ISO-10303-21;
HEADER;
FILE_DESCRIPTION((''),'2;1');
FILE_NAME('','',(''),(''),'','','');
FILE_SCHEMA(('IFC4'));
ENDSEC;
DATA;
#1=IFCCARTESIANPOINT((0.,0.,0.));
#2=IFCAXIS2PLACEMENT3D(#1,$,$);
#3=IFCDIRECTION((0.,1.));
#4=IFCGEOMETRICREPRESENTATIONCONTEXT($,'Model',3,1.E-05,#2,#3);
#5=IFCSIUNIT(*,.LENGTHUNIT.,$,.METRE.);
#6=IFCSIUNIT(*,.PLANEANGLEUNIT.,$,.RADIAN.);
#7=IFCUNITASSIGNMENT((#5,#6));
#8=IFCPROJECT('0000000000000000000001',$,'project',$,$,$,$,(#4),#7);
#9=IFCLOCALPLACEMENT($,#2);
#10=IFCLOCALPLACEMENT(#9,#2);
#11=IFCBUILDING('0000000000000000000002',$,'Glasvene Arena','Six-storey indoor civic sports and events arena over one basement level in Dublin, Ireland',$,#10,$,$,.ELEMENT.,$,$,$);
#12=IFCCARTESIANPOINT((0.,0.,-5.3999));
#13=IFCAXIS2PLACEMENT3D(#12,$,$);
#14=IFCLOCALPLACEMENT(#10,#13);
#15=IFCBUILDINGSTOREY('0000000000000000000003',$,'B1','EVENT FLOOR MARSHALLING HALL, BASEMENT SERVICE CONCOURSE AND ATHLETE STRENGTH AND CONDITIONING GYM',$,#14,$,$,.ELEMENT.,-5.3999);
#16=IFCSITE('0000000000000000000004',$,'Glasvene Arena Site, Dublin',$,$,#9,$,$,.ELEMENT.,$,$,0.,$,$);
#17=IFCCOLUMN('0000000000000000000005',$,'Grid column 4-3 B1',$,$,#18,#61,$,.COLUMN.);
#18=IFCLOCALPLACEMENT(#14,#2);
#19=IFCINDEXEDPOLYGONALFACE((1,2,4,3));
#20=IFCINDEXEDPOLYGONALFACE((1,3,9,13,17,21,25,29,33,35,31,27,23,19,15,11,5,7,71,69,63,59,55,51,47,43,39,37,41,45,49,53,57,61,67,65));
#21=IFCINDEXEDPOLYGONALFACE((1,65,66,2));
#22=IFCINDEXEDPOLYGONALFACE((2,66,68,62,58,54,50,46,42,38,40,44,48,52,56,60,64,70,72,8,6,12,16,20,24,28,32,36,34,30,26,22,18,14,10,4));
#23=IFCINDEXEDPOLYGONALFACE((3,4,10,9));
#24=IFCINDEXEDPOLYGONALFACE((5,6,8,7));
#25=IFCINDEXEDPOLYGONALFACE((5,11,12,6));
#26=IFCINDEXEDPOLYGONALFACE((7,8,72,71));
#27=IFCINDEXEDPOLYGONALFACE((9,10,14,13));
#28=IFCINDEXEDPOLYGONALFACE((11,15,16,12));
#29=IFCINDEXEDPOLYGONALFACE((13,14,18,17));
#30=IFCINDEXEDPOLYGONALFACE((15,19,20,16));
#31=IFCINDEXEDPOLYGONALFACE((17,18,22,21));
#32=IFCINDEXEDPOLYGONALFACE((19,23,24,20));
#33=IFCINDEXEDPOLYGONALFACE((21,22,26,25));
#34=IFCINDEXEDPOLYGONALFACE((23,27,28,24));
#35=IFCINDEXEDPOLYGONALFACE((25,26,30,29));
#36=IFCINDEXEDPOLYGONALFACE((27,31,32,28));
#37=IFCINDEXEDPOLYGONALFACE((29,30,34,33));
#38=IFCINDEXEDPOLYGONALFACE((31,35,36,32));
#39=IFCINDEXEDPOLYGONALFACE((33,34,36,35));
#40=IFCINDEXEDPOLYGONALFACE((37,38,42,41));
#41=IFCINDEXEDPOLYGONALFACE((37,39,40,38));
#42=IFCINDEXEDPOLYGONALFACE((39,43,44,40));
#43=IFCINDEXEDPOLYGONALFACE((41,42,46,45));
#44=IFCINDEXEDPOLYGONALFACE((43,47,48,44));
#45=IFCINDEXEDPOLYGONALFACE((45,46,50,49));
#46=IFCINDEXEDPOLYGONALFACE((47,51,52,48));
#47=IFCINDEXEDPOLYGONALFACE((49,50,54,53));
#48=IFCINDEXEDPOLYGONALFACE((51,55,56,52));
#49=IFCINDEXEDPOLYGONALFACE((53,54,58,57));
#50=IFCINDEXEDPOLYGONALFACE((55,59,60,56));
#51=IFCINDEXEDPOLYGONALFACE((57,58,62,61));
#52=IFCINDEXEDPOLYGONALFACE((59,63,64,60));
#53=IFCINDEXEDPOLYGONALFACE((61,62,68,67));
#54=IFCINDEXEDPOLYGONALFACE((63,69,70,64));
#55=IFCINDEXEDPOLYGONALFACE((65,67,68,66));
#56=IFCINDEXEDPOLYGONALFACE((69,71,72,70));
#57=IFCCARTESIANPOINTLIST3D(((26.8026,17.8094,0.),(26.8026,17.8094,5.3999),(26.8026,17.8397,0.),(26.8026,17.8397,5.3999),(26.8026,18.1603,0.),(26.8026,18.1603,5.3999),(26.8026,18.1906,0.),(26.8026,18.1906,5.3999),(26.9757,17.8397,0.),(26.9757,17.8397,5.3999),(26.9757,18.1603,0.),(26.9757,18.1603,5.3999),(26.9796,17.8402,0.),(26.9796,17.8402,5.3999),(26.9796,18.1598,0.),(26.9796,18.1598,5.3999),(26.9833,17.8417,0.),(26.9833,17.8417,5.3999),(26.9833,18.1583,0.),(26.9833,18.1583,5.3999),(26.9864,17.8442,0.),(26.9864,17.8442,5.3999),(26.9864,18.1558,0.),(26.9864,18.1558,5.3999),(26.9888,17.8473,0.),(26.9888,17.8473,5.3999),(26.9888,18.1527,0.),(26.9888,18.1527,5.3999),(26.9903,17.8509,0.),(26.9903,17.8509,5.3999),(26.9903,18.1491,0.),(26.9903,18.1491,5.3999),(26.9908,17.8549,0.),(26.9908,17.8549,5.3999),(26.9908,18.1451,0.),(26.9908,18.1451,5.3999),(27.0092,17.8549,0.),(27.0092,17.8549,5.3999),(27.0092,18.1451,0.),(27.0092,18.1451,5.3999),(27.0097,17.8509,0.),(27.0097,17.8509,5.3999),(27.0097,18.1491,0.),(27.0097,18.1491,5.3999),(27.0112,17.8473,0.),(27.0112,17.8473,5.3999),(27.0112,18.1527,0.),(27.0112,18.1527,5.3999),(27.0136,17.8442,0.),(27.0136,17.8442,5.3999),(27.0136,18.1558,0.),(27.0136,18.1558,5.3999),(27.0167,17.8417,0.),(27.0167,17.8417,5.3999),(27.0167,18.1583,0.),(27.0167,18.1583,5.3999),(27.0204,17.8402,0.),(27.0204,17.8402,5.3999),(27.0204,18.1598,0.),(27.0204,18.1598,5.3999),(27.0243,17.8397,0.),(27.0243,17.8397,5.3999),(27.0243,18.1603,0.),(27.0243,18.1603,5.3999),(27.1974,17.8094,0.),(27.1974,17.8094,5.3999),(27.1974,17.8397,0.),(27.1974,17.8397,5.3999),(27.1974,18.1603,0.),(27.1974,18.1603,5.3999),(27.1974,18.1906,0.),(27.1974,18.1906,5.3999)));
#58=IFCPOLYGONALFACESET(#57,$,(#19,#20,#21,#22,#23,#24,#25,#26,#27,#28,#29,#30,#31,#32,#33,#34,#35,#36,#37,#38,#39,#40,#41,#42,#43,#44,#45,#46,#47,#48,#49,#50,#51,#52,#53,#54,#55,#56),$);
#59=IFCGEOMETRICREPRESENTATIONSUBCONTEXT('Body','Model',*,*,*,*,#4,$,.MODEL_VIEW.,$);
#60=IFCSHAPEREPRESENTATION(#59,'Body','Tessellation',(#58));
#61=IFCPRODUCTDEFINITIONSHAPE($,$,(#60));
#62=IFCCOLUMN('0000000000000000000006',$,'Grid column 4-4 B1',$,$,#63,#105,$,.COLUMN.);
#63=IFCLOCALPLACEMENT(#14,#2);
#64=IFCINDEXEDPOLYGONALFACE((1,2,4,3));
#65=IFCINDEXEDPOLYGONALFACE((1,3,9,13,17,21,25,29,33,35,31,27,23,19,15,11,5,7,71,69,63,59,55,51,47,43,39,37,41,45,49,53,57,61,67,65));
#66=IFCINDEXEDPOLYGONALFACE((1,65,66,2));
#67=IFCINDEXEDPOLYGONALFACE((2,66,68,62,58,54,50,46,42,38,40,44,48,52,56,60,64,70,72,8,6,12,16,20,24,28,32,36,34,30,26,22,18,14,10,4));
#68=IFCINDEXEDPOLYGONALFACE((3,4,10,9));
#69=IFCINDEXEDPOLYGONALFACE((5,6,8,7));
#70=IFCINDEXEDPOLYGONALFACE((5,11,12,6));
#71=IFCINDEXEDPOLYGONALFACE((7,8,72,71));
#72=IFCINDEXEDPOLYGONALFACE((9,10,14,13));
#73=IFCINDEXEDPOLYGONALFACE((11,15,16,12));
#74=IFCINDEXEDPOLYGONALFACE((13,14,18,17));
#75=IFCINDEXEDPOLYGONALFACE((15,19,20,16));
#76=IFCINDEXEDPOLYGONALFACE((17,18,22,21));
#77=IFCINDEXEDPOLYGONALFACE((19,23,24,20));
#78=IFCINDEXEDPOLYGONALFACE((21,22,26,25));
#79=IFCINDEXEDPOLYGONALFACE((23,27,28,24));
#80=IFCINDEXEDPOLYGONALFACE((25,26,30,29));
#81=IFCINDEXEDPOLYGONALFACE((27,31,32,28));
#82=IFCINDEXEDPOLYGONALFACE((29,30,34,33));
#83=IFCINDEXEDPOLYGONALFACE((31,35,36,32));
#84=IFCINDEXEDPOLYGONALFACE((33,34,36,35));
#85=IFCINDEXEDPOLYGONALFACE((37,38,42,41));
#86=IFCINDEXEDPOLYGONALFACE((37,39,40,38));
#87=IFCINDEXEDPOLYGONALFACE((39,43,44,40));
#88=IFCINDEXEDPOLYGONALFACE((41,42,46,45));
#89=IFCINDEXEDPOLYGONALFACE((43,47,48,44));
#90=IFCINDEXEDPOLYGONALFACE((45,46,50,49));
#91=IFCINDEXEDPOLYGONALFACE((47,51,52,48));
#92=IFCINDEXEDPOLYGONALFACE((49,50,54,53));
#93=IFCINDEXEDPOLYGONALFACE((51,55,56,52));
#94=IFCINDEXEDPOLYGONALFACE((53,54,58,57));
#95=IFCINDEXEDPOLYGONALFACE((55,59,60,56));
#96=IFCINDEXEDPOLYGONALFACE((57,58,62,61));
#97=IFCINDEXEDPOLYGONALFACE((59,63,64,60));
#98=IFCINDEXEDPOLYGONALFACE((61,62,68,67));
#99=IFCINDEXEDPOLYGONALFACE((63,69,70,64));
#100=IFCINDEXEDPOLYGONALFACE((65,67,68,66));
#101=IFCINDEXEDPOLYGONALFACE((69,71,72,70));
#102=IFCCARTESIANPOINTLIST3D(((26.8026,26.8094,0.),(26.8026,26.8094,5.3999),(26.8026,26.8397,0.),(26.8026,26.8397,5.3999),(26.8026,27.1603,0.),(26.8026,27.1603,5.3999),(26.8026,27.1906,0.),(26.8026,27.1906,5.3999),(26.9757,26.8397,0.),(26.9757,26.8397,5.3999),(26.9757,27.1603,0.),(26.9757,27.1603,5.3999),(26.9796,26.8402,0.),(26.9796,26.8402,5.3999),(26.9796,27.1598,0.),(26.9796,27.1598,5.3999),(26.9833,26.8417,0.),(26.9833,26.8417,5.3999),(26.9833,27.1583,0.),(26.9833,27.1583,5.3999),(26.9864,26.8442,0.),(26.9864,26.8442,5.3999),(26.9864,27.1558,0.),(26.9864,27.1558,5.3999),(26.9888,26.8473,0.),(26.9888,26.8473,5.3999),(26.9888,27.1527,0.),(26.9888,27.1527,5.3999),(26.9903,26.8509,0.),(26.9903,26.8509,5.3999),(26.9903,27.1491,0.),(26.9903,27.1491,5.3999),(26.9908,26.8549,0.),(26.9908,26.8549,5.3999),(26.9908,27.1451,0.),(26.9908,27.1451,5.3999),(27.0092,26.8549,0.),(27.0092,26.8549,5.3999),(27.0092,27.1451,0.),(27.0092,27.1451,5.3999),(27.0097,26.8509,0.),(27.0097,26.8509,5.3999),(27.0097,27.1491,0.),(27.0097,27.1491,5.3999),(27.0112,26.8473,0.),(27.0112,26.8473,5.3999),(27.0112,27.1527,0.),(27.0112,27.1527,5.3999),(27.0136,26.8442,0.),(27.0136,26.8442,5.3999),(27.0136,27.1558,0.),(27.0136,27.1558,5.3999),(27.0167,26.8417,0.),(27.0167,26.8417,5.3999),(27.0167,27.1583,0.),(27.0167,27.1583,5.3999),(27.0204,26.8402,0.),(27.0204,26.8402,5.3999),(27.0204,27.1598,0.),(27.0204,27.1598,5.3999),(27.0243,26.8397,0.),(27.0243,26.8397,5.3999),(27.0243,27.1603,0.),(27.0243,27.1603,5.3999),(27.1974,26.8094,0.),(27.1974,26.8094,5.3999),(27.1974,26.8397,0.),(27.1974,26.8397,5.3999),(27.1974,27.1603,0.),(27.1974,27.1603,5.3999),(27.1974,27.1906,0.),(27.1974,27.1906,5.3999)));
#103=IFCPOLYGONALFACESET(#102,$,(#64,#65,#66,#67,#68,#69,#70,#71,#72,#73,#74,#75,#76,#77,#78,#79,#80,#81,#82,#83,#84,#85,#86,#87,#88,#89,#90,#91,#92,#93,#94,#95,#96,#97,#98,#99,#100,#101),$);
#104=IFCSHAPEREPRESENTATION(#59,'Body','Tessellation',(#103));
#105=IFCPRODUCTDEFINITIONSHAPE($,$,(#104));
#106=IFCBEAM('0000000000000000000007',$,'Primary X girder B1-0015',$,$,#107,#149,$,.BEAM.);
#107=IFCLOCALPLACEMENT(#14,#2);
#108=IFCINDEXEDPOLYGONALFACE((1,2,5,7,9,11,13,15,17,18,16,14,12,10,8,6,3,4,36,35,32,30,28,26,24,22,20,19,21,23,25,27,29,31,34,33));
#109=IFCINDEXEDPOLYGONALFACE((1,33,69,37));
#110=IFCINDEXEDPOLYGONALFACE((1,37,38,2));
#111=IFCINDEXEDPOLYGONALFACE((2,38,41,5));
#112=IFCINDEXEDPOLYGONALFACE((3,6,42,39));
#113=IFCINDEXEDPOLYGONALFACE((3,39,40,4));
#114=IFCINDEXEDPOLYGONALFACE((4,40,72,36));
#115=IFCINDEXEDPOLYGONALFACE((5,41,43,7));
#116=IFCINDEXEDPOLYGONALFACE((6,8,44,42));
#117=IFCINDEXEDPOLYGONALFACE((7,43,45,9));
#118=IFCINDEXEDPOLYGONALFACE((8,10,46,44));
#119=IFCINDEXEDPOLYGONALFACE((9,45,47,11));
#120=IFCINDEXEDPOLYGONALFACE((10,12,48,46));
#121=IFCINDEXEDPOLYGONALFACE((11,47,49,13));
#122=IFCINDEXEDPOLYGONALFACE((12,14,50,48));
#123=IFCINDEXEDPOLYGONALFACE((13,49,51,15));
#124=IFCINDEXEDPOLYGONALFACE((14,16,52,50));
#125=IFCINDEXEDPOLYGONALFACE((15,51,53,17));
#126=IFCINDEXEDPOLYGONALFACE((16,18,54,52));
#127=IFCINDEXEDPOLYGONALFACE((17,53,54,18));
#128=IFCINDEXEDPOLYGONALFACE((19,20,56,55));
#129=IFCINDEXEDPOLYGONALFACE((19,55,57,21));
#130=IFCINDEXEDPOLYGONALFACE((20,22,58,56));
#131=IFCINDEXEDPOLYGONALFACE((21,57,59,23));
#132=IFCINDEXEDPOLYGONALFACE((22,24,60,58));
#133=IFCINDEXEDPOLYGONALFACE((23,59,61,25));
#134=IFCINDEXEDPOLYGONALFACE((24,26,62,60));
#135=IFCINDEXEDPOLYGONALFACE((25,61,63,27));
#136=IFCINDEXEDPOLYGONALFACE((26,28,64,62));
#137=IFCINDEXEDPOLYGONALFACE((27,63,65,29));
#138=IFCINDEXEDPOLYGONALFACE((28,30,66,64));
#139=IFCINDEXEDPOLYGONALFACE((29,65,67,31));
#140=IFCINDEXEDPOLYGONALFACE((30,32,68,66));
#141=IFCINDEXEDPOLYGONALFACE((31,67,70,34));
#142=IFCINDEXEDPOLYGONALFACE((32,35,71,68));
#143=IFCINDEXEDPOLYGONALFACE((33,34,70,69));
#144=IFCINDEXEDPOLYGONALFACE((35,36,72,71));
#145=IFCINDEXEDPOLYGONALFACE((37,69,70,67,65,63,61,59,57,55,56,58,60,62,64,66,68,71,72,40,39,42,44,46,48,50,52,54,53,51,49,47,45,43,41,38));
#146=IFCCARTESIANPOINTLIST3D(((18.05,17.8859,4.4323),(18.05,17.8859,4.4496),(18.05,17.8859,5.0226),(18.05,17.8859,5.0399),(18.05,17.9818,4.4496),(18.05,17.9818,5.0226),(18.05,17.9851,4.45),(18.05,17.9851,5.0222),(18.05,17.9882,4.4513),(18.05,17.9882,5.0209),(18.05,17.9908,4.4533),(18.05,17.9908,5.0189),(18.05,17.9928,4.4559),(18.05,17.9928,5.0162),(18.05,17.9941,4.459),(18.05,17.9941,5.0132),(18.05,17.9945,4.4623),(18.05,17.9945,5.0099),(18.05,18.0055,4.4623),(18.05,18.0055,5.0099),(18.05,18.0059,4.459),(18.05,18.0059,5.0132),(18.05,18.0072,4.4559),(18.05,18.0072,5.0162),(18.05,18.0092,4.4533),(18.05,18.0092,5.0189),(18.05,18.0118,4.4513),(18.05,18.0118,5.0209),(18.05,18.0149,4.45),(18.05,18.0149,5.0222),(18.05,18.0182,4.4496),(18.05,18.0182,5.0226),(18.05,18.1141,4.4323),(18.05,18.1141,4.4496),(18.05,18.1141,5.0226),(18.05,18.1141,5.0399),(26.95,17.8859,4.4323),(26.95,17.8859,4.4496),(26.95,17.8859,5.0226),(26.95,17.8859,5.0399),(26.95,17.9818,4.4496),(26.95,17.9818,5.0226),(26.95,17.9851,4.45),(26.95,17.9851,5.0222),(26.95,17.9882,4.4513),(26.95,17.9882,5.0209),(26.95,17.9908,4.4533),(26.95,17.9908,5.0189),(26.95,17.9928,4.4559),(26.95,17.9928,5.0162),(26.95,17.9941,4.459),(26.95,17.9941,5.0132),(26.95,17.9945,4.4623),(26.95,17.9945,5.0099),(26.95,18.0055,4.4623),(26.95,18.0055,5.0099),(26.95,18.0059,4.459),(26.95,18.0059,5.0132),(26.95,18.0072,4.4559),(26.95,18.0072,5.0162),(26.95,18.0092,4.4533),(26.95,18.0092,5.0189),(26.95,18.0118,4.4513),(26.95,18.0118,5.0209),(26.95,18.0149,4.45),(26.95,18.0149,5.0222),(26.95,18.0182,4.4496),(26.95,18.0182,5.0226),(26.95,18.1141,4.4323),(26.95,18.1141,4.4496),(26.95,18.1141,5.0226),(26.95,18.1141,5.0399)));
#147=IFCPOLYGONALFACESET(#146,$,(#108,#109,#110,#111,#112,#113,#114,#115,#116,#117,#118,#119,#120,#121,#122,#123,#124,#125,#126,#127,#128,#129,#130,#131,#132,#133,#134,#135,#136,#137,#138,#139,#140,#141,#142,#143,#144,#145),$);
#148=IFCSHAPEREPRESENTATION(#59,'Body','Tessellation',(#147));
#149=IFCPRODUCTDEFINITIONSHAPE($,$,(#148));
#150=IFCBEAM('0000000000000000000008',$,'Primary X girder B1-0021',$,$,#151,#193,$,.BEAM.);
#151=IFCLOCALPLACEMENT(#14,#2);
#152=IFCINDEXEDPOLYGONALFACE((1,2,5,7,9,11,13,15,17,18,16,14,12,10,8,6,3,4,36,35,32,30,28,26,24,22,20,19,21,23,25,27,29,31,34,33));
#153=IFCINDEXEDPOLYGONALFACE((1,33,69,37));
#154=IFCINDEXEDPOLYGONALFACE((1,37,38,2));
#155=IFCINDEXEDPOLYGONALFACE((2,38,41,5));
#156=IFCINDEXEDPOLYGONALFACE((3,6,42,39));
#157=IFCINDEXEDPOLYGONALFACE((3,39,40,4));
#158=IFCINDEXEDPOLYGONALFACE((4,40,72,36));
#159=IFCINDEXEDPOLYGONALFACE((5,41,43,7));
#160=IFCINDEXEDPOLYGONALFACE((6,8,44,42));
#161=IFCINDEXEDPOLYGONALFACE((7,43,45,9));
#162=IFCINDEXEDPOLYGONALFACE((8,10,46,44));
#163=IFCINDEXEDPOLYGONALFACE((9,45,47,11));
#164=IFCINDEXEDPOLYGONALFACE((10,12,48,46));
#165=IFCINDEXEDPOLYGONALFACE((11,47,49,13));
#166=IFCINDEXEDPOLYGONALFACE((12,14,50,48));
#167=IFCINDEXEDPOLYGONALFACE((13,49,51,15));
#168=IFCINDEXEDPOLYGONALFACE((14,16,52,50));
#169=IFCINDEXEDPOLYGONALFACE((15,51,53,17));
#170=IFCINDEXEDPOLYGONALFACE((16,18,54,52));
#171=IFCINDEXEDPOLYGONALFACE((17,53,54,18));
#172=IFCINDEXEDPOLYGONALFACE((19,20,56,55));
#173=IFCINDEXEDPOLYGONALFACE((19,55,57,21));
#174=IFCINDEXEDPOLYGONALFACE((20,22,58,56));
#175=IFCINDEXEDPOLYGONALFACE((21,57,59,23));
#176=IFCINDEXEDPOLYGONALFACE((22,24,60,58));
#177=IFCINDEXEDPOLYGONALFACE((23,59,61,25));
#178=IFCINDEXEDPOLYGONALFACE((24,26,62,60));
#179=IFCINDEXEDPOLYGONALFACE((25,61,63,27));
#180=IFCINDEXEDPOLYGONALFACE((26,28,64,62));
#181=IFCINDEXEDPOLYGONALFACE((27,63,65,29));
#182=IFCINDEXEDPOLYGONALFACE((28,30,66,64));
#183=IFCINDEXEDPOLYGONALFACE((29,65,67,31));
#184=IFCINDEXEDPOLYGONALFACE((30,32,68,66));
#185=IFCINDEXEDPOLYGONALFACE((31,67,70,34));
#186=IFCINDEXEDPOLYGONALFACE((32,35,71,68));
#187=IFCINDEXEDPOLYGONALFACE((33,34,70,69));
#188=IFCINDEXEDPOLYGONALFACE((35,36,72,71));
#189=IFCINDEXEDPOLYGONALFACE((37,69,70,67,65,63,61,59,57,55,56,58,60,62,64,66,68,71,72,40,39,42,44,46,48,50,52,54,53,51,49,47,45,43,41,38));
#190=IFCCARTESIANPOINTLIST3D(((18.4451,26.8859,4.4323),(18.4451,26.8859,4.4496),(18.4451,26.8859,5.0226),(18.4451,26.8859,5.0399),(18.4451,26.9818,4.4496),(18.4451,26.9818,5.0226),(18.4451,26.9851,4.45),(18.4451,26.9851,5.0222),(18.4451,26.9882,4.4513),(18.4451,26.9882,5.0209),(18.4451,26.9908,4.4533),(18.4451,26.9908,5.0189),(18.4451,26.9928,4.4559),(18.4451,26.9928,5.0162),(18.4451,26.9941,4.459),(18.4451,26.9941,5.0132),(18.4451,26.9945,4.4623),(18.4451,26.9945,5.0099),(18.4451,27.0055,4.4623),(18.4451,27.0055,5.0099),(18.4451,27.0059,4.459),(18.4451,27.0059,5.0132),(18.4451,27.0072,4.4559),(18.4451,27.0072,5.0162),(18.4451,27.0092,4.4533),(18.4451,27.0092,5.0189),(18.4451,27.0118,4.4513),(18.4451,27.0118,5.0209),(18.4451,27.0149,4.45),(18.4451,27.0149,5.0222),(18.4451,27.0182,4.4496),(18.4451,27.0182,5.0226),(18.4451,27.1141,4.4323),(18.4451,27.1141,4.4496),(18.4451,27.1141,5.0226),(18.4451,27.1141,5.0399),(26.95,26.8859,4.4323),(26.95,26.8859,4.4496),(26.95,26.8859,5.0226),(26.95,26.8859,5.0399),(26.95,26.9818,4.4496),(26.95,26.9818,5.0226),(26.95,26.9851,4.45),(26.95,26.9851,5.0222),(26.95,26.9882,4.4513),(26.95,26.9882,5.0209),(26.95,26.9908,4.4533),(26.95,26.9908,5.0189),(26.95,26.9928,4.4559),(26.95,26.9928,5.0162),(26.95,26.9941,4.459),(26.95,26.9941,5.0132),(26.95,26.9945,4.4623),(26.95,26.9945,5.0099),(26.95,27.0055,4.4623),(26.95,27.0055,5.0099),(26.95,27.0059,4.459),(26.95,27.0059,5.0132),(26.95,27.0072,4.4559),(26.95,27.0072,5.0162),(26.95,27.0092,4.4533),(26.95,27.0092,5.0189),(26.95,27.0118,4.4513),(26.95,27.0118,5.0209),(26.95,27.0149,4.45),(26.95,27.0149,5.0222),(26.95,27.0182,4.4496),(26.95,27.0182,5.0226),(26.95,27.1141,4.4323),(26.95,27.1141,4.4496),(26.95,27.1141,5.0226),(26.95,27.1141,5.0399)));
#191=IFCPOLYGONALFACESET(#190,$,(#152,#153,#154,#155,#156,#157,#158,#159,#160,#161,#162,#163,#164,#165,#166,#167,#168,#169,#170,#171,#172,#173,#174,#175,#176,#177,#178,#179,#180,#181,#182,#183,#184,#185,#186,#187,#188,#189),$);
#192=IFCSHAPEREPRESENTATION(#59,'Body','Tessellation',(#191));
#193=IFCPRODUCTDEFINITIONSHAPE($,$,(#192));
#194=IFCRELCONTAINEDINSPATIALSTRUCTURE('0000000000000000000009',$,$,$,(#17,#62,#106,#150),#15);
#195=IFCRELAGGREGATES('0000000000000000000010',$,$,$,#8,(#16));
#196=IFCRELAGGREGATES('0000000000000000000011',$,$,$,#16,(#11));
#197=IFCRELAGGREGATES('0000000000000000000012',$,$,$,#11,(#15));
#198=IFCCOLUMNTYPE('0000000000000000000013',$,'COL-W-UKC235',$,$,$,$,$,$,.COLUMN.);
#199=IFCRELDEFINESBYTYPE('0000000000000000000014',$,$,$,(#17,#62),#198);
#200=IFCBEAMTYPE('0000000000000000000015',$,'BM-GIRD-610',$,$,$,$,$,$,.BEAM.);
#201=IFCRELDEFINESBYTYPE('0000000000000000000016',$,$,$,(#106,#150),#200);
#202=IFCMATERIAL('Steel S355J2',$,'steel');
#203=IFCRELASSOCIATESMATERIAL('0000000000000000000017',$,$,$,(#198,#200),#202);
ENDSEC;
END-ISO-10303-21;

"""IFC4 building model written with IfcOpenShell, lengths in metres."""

from ifc_helpers import new_model, si_unit, direction, frame, origin, origin_2d, place, context, subcontext, project, spatial, i_section, extrude, material, material_profile, profile_set, type_object, element, save


model = new_model("IFC4")

# Units and contexts
model_context = context("Model", 3, precision=1e-05, world=origin(), true_north=direction((0.0, 1.0)))
body_context = subcontext(model_context, "Body", "Model", "MODEL_VIEW")
ifc_project = project(units=[si_unit("LENGTHUNIT", "METRE"), si_unit("PLANEANGLEUNIT", "RADIAN")], contexts=[model_context])

# Site, building, storey
site_placement = place(None, origin())
site = spatial("IfcSite", under=ifc_project, at=site_placement, Name="Glasvene Arena Site, Dublin", CompositionType="ELEMENT", RefElevation=0.0)
building_placement = place(site_placement, origin())
building = spatial("IfcBuilding", under=site, at=building_placement, Name="Glasvene Arena", Description="Six-storey indoor civic sports and events arena over one basement level in Dublin, Ireland", CompositionType="ELEMENT")
storey_placement = place(building_placement, frame((0.0, 0.0, -5.3999)))
storey = spatial("IfcBuildingStorey", under=building, at=storey_placement, Name="B1", Description="EVENT FLOOR MARSHALLING HALL, BASEMENT SERVICE CONCOURSE AND ATHLETE STRENGTH AND CONDITIONING GYM", CompositionType="ELEMENT", Elevation=-5.3999)

# Columns
ifc_material_1 = material(Name="Steel S355J2", Category="steel")
ifc_material_profile_1 = material_profile(ifc_material_1, i_section(OverallWidth=0.3948, OverallDepth=0.3811, WebThickness=0.0183, FlangeThickness=0.0303, FilletRadius=0.0151, at=origin_2d()), Name="UKC 356x406x235")
ifc_profile_set_1 = profile_set([ifc_material_profile_1], Name="Steel S355J2")
column_type_1 = type_object("IfcColumnType", Name="COL-W-UKC235", PredefinedType="COLUMN", material=ifc_profile_set_1)
for number, where, z_axis, x_axis, name in (
    (1, (27.0, 18.0, 0.0), (0.0, 0.0, 1.0), (1.0, 0.0, 0.0), "Grid column 4-3 B1"),
    (2, (27.0, 27.0, 0.0), (0.0, 0.0, 1.0), (1.0, 0.0, 0.0), "Grid column 4-4 B1"),
):
    element("IfcColumn", number, at=place(storey_placement, frame(where, z_axis=z_axis, x_axis=x_axis)), inside=storey, type_object=column_type_1, Name=name, PredefinedType="COLUMN", context=body_context, shape_type="SweptSolid", body=[
        extrude(i_section(OverallWidth=0.3948, OverallDepth=0.3811, WebThickness=0.0183, FlangeThickness=0.0303, FilletRadius=0.0151, at=origin_2d()), origin(), (0.0, 0.0, 1.0), 5.3999),
    ])

# Beams
ifc_material_profile_2 = material_profile(ifc_material_1, i_section(OverallWidth=0.2283, OverallDepth=0.6077, WebThickness=0.011, FlangeThickness=0.0173, FilletRadius=0.0127, at=origin_2d()), Name="UKB 610x229x113")
ifc_profile_set_2 = profile_set([ifc_material_profile_2], Name="Steel S355J2")
beam_type_1 = type_object("IfcBeamType", Name="BM-GIRD-610", PredefinedType="BEAM", material=ifc_profile_set_2)
beam_1_placement = place(storey_placement, frame((18.05, 18.0, 4.7361), z_axis=(1.0, 0.0, 0.0), x_axis=(0.0, 1.0, 0.0)))
element("IfcBeam", 3, at=beam_1_placement, inside=storey, type_object=beam_type_1, Name="Primary X girder B1-0015", PredefinedType="BEAM", context=body_context, shape_type="SweptSolid", body=[
    extrude(i_section(OverallWidth=0.2283, OverallDepth=0.6077, WebThickness=0.011, FlangeThickness=0.0173, FilletRadius=0.0127, at=origin_2d()), origin(), (0.0, 0.0, 1.0), 8.8999),
])
beam_2_placement = place(storey_placement, frame((18.4451, 27.0, 4.7361), z_axis=(1.0, 0.0, 0.0), x_axis=(0.0, 1.0, 0.0)))
element("IfcBeam", 4, at=beam_2_placement, inside=storey, type_object=beam_type_1, Name="Primary X girder B1-0021", PredefinedType="BEAM", context=body_context, shape_type="SweptSolid", body=[
    extrude(i_section(OverallWidth=0.2283, OverallDepth=0.6077, WebThickness=0.011, FlangeThickness=0.0173, FilletRadius=0.0127, at=origin_2d()), origin(), (0.0, 0.0, 1.0), 8.5049),
])

save(model, "model.ifc")
